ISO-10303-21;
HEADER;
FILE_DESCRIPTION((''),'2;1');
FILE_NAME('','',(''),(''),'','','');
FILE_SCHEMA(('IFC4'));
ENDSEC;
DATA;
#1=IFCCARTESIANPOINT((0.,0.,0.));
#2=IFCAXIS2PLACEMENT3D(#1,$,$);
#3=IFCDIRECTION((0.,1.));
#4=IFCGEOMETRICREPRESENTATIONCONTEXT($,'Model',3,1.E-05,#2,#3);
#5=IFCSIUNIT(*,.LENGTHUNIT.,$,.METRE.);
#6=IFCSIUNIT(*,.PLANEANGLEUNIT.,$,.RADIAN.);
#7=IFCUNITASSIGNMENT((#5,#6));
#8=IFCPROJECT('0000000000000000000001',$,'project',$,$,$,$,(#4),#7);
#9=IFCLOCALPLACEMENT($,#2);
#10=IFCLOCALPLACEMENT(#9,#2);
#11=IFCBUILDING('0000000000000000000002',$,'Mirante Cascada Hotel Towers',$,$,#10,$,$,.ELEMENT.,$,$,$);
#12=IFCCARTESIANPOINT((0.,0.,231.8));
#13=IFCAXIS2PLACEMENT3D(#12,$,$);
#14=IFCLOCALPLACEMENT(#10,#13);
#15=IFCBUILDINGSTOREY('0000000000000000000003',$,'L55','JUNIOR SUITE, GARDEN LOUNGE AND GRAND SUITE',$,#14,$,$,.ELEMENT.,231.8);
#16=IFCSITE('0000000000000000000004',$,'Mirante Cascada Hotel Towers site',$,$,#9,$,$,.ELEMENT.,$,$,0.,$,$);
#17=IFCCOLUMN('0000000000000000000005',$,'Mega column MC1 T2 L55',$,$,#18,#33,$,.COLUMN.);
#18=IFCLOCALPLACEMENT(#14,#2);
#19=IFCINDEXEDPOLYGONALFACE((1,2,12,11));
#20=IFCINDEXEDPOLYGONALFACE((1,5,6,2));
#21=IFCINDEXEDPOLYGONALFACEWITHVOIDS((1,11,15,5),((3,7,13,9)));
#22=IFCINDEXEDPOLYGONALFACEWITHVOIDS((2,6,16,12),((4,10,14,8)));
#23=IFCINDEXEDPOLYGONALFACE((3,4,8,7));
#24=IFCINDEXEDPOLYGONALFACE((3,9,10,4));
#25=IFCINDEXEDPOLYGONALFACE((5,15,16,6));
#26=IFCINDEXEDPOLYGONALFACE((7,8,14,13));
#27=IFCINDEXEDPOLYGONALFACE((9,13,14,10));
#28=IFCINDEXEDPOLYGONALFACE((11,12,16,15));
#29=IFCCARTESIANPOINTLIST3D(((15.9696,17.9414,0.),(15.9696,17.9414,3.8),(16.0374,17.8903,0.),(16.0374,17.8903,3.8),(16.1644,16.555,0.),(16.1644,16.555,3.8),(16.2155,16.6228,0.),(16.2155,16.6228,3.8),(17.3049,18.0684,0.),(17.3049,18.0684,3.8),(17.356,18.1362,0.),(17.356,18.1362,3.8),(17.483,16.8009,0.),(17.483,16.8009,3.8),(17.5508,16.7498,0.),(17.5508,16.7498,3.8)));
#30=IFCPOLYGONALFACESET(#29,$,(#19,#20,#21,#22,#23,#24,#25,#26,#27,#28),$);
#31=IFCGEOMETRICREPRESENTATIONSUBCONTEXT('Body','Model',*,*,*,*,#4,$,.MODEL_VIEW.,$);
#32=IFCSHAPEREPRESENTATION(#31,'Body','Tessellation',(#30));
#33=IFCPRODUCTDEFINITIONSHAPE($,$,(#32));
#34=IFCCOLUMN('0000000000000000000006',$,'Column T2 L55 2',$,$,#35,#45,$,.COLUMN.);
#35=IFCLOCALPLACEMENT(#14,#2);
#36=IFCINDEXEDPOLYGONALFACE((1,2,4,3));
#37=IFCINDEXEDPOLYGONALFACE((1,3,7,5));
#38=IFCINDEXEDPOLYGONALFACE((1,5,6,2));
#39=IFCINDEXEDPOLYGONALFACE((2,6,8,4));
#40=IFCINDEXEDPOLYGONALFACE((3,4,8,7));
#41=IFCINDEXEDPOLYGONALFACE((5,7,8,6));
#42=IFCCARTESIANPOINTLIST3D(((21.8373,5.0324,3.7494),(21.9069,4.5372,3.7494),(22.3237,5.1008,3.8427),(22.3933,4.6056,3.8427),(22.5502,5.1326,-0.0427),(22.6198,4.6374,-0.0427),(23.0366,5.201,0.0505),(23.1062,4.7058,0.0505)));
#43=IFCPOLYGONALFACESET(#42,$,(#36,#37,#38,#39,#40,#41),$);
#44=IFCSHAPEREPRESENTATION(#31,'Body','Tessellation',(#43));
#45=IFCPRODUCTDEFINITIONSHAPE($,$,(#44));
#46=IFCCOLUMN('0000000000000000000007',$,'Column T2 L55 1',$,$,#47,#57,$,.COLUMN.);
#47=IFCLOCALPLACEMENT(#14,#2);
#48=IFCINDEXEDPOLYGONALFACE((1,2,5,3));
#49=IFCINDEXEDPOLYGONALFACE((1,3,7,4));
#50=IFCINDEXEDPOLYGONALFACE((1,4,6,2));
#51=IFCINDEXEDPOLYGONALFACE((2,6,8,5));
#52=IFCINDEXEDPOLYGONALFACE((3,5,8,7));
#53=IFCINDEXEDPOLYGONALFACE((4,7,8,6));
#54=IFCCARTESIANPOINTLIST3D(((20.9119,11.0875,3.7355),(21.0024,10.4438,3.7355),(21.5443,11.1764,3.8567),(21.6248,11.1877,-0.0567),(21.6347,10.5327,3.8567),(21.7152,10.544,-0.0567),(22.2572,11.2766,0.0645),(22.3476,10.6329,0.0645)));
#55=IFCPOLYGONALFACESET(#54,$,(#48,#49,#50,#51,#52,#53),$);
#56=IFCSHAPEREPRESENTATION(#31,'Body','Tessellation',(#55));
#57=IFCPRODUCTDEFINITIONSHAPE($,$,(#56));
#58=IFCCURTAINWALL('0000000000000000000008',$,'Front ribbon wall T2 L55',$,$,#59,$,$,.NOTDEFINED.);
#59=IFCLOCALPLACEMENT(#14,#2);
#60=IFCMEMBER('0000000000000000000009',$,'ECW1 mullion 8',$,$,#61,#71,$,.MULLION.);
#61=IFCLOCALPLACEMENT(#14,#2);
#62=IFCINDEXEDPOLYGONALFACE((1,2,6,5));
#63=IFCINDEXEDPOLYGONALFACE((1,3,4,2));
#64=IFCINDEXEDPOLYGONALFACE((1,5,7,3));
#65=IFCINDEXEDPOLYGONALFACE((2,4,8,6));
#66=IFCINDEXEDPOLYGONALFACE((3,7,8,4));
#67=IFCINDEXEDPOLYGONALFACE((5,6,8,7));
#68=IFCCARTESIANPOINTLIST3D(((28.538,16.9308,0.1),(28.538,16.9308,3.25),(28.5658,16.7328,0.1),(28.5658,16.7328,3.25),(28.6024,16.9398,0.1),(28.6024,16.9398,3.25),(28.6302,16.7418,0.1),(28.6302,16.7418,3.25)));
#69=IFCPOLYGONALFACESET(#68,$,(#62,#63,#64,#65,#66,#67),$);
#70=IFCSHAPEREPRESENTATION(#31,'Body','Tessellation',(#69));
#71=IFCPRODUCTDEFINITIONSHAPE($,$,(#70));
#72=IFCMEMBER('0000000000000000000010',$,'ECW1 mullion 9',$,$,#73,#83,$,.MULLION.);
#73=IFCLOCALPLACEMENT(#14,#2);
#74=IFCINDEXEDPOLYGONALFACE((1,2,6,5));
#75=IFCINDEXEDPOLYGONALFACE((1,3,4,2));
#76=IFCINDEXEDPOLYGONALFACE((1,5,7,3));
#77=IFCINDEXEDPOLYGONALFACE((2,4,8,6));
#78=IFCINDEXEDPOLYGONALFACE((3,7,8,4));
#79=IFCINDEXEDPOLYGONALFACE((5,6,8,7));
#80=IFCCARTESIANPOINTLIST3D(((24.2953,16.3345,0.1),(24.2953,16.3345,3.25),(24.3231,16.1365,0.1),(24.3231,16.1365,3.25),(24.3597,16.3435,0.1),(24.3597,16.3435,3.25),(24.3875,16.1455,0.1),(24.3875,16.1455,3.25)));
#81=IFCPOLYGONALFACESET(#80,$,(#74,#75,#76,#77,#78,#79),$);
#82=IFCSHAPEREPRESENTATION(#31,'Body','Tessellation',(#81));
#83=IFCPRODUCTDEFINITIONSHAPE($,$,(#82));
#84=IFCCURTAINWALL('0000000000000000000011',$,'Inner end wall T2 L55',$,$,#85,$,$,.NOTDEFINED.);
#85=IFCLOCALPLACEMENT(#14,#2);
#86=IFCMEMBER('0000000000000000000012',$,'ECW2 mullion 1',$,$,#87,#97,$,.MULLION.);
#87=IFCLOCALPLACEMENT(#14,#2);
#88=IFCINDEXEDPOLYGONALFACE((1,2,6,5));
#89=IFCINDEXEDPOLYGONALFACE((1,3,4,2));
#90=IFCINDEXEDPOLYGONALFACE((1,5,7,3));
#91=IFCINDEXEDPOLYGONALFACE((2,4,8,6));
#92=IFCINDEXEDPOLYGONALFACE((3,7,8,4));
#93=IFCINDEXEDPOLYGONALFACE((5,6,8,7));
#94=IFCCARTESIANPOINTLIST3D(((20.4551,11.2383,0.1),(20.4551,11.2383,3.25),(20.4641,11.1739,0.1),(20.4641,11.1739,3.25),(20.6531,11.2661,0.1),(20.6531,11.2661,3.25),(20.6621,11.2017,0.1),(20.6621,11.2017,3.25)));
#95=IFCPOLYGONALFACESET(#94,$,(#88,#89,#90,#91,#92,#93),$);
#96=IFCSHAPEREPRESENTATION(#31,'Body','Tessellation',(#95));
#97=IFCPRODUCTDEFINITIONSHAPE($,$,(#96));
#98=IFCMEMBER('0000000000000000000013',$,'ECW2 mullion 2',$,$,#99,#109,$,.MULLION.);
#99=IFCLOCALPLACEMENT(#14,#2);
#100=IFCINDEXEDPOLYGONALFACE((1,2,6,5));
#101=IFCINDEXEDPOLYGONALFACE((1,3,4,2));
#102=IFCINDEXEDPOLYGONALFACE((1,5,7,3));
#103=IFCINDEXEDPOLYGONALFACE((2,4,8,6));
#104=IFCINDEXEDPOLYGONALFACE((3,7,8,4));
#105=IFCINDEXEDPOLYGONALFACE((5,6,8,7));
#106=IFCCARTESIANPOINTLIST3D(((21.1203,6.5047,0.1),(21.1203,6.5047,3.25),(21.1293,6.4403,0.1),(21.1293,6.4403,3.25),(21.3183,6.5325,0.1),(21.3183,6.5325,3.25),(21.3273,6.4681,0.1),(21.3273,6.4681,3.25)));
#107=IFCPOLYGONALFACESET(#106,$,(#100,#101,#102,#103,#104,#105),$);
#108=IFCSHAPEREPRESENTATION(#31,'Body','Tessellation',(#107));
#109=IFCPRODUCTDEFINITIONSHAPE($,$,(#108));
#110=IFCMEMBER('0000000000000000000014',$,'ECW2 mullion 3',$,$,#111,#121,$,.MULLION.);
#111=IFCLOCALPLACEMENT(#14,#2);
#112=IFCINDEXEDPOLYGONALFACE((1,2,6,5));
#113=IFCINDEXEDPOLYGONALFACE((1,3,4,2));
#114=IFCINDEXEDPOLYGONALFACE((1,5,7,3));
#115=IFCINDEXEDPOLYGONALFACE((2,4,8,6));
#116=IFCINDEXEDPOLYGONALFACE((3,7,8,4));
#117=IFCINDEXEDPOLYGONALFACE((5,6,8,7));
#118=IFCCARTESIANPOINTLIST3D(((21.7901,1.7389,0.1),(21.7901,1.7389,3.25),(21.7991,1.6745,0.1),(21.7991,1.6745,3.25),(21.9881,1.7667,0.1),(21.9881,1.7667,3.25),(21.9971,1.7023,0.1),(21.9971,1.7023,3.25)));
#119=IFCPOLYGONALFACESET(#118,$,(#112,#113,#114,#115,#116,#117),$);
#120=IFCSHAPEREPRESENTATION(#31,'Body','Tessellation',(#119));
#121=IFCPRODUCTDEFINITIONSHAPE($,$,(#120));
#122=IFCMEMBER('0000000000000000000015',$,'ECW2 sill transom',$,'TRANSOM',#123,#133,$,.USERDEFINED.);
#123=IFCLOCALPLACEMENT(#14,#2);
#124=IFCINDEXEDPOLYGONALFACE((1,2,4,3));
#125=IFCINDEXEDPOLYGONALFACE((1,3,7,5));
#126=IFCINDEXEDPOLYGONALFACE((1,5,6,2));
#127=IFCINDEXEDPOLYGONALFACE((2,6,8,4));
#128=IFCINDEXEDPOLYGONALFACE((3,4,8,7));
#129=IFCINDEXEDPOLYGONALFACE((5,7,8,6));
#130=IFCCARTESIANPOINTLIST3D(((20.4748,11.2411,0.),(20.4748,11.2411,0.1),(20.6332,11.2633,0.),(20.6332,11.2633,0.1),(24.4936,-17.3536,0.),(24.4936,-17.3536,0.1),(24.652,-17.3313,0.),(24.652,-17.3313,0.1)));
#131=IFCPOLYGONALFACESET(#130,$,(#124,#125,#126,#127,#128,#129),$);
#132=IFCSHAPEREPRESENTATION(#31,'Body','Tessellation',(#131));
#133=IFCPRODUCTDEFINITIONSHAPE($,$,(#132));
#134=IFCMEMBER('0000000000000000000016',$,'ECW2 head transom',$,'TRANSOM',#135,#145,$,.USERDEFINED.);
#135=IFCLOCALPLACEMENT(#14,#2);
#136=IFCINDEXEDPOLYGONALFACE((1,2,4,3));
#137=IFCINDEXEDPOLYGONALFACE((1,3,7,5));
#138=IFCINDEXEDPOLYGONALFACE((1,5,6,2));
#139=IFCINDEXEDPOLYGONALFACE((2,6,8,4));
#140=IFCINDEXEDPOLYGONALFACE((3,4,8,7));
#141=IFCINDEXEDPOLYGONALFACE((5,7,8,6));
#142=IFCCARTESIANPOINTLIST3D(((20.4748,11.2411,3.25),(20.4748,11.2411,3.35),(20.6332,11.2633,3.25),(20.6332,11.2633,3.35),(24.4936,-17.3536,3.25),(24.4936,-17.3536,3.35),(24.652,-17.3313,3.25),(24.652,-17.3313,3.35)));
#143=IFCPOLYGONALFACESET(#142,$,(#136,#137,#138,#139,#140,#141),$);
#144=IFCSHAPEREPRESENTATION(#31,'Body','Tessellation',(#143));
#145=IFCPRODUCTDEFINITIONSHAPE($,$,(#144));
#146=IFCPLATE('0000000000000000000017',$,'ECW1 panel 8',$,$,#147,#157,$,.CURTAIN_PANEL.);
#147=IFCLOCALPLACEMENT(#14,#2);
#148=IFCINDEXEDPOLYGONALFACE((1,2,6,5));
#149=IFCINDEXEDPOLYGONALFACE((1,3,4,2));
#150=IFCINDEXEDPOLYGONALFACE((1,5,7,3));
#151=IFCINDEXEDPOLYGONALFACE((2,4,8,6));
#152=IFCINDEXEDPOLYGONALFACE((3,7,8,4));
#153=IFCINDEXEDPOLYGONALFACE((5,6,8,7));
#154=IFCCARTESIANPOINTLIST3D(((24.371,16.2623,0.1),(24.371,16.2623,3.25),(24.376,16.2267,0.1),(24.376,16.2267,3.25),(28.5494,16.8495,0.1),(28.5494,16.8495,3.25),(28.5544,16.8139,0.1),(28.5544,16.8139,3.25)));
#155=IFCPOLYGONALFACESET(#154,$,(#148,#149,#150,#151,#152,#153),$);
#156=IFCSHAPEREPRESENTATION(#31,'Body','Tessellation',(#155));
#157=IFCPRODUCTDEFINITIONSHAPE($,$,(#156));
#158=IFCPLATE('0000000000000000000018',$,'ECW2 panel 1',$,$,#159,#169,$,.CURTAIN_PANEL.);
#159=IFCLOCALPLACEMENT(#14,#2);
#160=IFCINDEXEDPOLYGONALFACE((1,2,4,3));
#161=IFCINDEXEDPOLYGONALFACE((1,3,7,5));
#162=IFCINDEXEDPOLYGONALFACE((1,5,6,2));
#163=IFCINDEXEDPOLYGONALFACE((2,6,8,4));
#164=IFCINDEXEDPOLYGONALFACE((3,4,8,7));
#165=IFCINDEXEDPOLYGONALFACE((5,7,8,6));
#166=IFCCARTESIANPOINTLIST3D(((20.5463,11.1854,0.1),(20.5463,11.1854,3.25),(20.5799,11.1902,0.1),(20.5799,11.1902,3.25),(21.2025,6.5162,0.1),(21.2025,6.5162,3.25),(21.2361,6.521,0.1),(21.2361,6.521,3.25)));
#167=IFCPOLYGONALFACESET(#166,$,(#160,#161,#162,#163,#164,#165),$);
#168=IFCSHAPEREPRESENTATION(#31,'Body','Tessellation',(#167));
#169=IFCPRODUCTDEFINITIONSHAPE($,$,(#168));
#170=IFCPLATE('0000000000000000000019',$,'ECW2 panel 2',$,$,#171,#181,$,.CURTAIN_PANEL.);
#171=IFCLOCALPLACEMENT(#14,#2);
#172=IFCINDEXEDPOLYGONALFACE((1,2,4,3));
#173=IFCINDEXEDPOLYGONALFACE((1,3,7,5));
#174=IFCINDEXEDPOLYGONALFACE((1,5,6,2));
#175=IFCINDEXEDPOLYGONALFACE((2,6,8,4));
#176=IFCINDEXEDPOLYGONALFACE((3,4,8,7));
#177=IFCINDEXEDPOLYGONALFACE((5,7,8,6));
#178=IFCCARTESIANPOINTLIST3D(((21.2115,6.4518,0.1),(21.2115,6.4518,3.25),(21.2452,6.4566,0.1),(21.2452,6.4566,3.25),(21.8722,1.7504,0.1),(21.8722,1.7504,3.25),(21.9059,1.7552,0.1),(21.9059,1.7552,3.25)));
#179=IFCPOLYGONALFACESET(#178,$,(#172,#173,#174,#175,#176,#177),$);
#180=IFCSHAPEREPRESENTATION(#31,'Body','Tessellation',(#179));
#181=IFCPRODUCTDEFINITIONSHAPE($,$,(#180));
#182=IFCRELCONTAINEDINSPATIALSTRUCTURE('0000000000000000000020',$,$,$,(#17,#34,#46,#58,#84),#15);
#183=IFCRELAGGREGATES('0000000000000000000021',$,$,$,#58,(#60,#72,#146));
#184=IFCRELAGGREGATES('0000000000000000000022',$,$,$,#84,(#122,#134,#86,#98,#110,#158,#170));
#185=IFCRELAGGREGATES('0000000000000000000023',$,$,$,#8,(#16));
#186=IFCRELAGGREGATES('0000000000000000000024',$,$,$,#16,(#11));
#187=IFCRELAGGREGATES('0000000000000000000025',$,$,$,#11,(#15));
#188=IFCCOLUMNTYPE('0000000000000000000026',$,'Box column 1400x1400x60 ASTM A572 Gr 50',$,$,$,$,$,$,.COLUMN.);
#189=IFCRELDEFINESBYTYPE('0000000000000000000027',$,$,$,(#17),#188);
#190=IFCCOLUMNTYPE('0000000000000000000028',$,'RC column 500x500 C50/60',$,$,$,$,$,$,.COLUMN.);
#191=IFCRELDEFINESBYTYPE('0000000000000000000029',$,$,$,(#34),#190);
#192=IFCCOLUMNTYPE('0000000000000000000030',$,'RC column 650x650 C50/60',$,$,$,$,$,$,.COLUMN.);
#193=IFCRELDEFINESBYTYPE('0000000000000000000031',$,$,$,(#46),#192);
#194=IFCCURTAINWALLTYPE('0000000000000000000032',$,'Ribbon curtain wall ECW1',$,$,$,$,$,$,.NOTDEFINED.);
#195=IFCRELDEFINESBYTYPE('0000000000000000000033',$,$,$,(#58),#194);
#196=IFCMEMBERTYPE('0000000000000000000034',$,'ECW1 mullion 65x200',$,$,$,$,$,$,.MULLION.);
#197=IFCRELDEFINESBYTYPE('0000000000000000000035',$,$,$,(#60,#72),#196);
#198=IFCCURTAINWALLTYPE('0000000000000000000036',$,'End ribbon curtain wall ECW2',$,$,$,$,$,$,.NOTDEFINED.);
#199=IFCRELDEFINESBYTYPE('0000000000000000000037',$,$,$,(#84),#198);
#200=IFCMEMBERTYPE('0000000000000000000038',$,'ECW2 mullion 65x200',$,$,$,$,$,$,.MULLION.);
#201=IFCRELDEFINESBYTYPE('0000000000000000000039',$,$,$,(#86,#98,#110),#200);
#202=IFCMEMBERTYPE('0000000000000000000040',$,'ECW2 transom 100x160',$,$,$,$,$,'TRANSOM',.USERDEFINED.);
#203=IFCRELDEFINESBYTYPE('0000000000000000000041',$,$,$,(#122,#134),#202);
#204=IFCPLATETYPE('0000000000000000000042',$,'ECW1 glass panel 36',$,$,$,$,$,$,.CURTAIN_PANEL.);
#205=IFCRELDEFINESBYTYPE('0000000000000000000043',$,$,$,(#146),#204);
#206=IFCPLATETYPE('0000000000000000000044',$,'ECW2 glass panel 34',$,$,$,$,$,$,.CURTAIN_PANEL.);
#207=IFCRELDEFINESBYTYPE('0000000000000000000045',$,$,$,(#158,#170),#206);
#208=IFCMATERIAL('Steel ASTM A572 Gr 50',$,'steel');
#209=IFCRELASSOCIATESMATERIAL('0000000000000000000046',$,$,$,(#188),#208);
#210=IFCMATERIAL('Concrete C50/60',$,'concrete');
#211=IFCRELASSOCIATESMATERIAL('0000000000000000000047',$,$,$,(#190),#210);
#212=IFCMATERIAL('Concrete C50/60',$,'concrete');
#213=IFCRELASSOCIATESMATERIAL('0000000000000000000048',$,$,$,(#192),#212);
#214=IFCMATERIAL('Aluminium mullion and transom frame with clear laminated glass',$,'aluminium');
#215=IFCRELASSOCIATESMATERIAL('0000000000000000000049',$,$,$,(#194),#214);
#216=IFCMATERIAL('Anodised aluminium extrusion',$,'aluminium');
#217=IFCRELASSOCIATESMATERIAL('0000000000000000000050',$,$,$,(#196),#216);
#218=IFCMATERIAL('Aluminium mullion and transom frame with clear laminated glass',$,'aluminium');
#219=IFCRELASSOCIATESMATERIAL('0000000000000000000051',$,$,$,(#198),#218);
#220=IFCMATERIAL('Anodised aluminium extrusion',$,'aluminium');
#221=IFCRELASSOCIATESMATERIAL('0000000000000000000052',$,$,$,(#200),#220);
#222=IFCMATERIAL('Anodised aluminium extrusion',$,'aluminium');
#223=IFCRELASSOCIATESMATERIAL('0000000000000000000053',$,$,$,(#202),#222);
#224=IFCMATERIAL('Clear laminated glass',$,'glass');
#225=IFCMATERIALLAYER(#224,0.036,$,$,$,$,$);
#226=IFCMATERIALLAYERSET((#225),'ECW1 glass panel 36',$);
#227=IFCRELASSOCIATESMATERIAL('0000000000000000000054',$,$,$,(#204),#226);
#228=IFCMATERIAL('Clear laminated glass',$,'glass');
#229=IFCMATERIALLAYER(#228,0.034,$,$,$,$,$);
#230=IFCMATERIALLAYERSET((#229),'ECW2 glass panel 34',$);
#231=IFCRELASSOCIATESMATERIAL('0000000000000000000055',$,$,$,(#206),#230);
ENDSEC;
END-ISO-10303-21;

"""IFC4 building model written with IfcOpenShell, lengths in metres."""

from ifc_helpers import new_model, si_unit, direction, frame, origin, origin_2d, place, context, subcontext, project, spatial, rectangle, hollow_rectangle, extrude, material, layer, layer_set, material_profile, profile_set, type_object, element, aggregate, save


model = new_model("IFC4")

# Units and contexts
model_context = context("Model", 3, precision=1e-05, world=origin(), true_north=direction((0.0, 1.0)))
body_context = subcontext(model_context, "Body", "Model", "MODEL_VIEW")
ifc_project = project(units=[si_unit("LENGTHUNIT", "METRE"), si_unit("PLANEANGLEUNIT", "RADIAN")], contexts=[model_context])

# Site, building, storey
site_placement = place(None, origin())
site = spatial("IfcSite", under=ifc_project, at=site_placement, Name="Mirante Cascada Hotel Towers site", CompositionType="ELEMENT", RefElevation=0.0)
building_placement = place(site_placement, origin())
building = spatial("IfcBuilding", under=site, at=building_placement, Name="Mirante Cascada Hotel Towers", CompositionType="ELEMENT")
storey_placement = place(building_placement, frame((0.0, 0.0, 231.8)))
storey = spatial("IfcBuildingStorey", under=building, at=storey_placement, Name="L55", Description="JUNIOR SUITE, GARDEN LOUNGE AND GRAND SUITE", CompositionType="ELEMENT", Elevation=231.8)

# Columns
ifc_material_1 = material(Name="Steel ASTM A572 Gr 50", Category="steel")
ifc_material_profile_1 = material_profile(ifc_material_1, hollow_rectangle(XDim=1.4, YDim=1.4, WallThickness=0.06, at=origin_2d()), Name="Box column 1400x1400x60 ASTM A572 Gr 50")
ifc_profile_set_1 = profile_set([ifc_material_profile_1], Name="Steel ASTM A572 Gr 50")
column_type_1 = type_object("IfcColumnType", Name="Box column 1400x1400x60 ASTM A572 Gr 50", PredefinedType="COLUMN", material=ifc_profile_set_1)
column_1_placement = place(storey_placement, frame((16.7602, 17.3456, 0.0), z_axis=(0.0, 0.0, 1.0), x_axis=(0.990268, 0.139173, 0.0)))
element("IfcColumn", 1, at=column_1_placement, inside=storey, type_object=column_type_1, Name="Mega column MC1 T2 L55", PredefinedType="COLUMN", context=body_context, shape_type="SweptSolid", body=[
    extrude(hollow_rectangle(XDim=1.4, YDim=1.4, WallThickness=0.06, at=origin_2d()), origin(), (0.0, 0.0, 1.0), 3.8),
])
ifc_material_2 = material(Name="Concrete C50/60", Category="concrete")
ifc_material_profile_2 = material_profile(ifc_material_2, rectangle(XDim=0.5, YDim=0.5, at=origin_2d()), Name="RC column 500x500 C50/60")
ifc_profile_set_2 = profile_set([ifc_material_profile_2], Name="Concrete C50/60")
column_type_2 = type_object("IfcColumnType", Name="RC column 500x500 C50/60", PredefinedType="COLUMN", material=ifc_profile_set_2)
column_2_placement = place(storey_placement, frame((22.8282, 4.9192, 0.0039), z_axis=(-0.184693, -0.025959, 0.982453), x_axis=(0.139185, -0.990267, 0.0)))
element("IfcColumn", 2, at=column_2_placement, inside=storey, type_object=column_type_2, Name="Column T2 L55 2", PredefinedType="COLUMN", context=body_context, shape_type="SweptSolid", body=[
    extrude(rectangle(XDim=0.5, YDim=0.5, at=origin_2d()), origin(), (0.0, 0.0, 1.0), 3.8599),
])
ifc_material_3 = material(Name="Concrete C50/60", Category="concrete")
ifc_material_profile_3 = material_profile(ifc_material_3, rectangle(XDim=0.65, YDim=0.65, at=origin_2d()), Name="RC column 650x650 C50/60")
ifc_profile_set_3 = profile_set([ifc_material_profile_3], Name="Concrete C50/60")
column_type_3 = type_object("IfcColumnType", Name="RC column 650x650 C50/60", PredefinedType="COLUMN", material=ifc_profile_set_3)
column_3_placement = place(storey_placement, frame((21.9862, 10.9103, 0.0039), z_axis=(-0.184693, -0.025959, 0.982453), x_axis=(0.139185, -0.990267, 0.0)))
element("IfcColumn", 3, at=column_3_placement, inside=storey, type_object=column_type_3, Name="Column T2 L55 1", PredefinedType="COLUMN", context=body_context, shape_type="SweptSolid", body=[
    extrude(rectangle(XDim=0.65, YDim=0.65, at=origin_2d()), origin(), (0.0, 0.0, 1.0), 3.8599),
])

# Curtain walls, members
ifc_material_4 = material(Name="Aluminium mullion and transom frame with clear laminated glass", Category="aluminium")
curtain_wall_type_1 = type_object("IfcCurtainWallType", Name="Ribbon curtain wall ECW1", PredefinedType="NOTDEFINED", material=ifc_material_4)
curtain_wall_1_placement = place(storey_placement, origin())
curtain_wall_1 = element("IfcCurtainWall", 4, at=curtain_wall_1_placement, inside=storey, type_object=curtain_wall_type_1, Name="Front ribbon wall T2 L55", PredefinedType="NOTDEFINED")
ifc_material_5 = material(Name="Anodised aluminium extrusion", Category="aluminium")
ifc_material_profile_4 = material_profile(ifc_material_5, rectangle(XDim=0.2, YDim=0.065, at=origin_2d()), Name="ECW1 MULLION 65x200")
ifc_profile_set_4 = profile_set([ifc_material_profile_4], Name="Anodised aluminium extrusion")
member_type_1 = type_object("IfcMemberType", Name="ECW1 mullion 65x200", PredefinedType="MULLION", material=ifc_profile_set_4)
member_1_placement = place(storey_placement, frame((28.5841, 16.8363, 0.1), z_axis=(0.0, 0.0, 1.0), x_axis=(0.139173, -0.990268, 0.0)))
member_1 = element("IfcMember", 5, at=member_1_placement, type_object=member_type_1, Name="ECW1 mullion 8", PredefinedType="MULLION", context=body_context, shape_type="SweptSolid", body=[
    extrude(rectangle(XDim=0.2, YDim=0.065, at=origin_2d()), origin(), (0.0, 0.0, 1.0), 3.15),
])
member_2_placement = place(storey_placement, frame((24.3414, 16.24, 0.1), z_axis=(0.0, 0.0, 1.0), x_axis=(0.139173, -0.990268, 0.0)))
member_2 = element("IfcMember", 6, at=member_2_placement, type_object=member_type_1, Name="ECW1 mullion 9", PredefinedType="MULLION", context=body_context, shape_type="SweptSolid", body=[
    extrude(rectangle(XDim=0.2, YDim=0.065, at=origin_2d()), origin(), (0.0, 0.0, 1.0), 3.15),
])
ifc_material_6 = material(Name="Aluminium mullion and transom frame with clear laminated glass", Category="aluminium")
curtain_wall_type_2 = type_object("IfcCurtainWallType", Name="End ribbon curtain wall ECW2", PredefinedType="NOTDEFINED", material=ifc_material_6)
curtain_wall_2_placement = place(storey_placement, origin())
curtain_wall_2 = element("IfcCurtainWall", 7, at=curtain_wall_2_placement, inside=storey, type_object=curtain_wall_type_2, Name="Inner end wall T2 L55", PredefinedType="NOTDEFINED")
ifc_material_7 = material(Name="Anodised aluminium extrusion", Category="aluminium")
ifc_material_profile_5 = material_profile(ifc_material_7, rectangle(XDim=0.2, YDim=0.065, at=origin_2d()), Name="ECW2 MULLION 65x200")
ifc_profile_set_5 = profile_set([ifc_material_profile_5], Name="Anodised aluminium extrusion")
member_type_2 = type_object("IfcMemberType", Name="ECW2 mullion 65x200", PredefinedType="MULLION", material=ifc_profile_set_5)
member_3_placement = place(storey_placement, frame((20.5586, 11.22, 0.1), z_axis=(0.0, 0.0, 1.0), x_axis=(0.990268, 0.139173, 0.0)))
member_3 = element("IfcMember", 8, at=member_3_placement, type_object=member_type_2, Name="ECW2 mullion 1", PredefinedType="MULLION", context=body_context, shape_type="SweptSolid", body=[
    extrude(rectangle(XDim=0.2, YDim=0.065, at=origin_2d()), origin(), (0.0, 0.0, 1.0), 3.15),
])
member_4_placement = place(storey_placement, frame((21.2238, 6.4864, 0.1), z_axis=(0.0, 0.0, 1.0), x_axis=(0.990268, 0.139173, 0.0)))
member_4 = element("IfcMember", 9, at=member_4_placement, type_object=member_type_2, Name="ECW2 mullion 2", PredefinedType="MULLION", context=body_context, shape_type="SweptSolid", body=[
    extrude(rectangle(XDim=0.2, YDim=0.065, at=origin_2d()), origin(), (0.0, 0.0, 1.0), 3.15),
])
member_5_placement = place(storey_placement, frame((21.8936, 1.7206, 0.1), z_axis=(0.0, 0.0, 1.0), x_axis=(0.990268, 0.139173, 0.0)))
member_5 = element("IfcMember", 10, at=member_5_placement, type_object=member_type_2, Name="ECW2 mullion 3", PredefinedType="MULLION", context=body_context, shape_type="SweptSolid", body=[
    extrude(rectangle(XDim=0.2, YDim=0.065, at=origin_2d()), origin(), (0.0, 0.0, 1.0), 3.15),
])
ifc_material_8 = material(Name="Anodised aluminium extrusion", Category="aluminium")
ifc_material_profile_6 = material_profile(ifc_material_8, rectangle(XDim=0.16, YDim=0.1, at=origin_2d()), Name="ECW2 TRANSOM 100x160")
ifc_profile_set_6 = profile_set([ifc_material_profile_6], Name="Anodised aluminium extrusion")
member_type_3 = type_object("IfcMemberType", Name="ECW2 transom 100x160", ElementType="TRANSOM", PredefinedType="USERDEFINED", material=ifc_profile_set_6)
member_6_placement = place(storey_placement, frame((20.554, 11.2522, 0.05), z_axis=(0.139176, -0.990268, 0.0), x_axis=(0.990268, 0.139176, 0.0)))
member_6 = element("IfcMember", 11, at=member_6_placement, type_object=member_type_3, Name="ECW2 sill transom", ObjectType="TRANSOM", PredefinedType="USERDEFINED", context=body_context, shape_type="SweptSolid", body=[
    extrude(rectangle(XDim=0.16, YDim=0.1, at=origin_2d()), origin(), (0.0, 0.0, 1.0), 28.8757),
])
member_7_placement = place(storey_placement, frame((20.554, 11.2522, 3.3), z_axis=(0.139176, -0.990268, 0.0), x_axis=(0.990268, 0.139176, 0.0)))
member_7 = element("IfcMember", 12, at=member_7_placement, type_object=member_type_3, Name="ECW2 head transom", ObjectType="TRANSOM", PredefinedType="USERDEFINED", context=body_context, shape_type="SweptSolid", body=[
    extrude(rectangle(XDim=0.16, YDim=0.1, at=origin_2d()), origin(), (0.0, 0.0, 1.0), 28.8757),
])

# Plates
ifc_material_9 = material(Name="Clear laminated glass", Category="glass")
ifc_layer_1 = layer(ifc_material_9, 0.036)
ifc_layer_set_1 = layer_set([ifc_layer_1], Name="ECW1 glass panel 36")
plate_type_1 = type_object("IfcPlateType", Name="ECW1 glass panel 36", PredefinedType="CURTAIN_PANEL", material=ifc_layer_set_1)
plate_1_placement = place(storey_placement, frame((26.4627, 16.5381, 0.1), z_axis=(0.0, 0.0, 1.0), x_axis=(-0.990268, -0.139173, 0.0)))
plate_1 = element("IfcPlate", 13, at=plate_1_placement, type_object=plate_type_1, Name="ECW1 panel 8", PredefinedType="CURTAIN_PANEL", context=body_context, shape_type="SweptSolid", body=[
    extrude(rectangle(XDim=4.2194, YDim=0.036, at=origin_2d()), origin(), (0.0, 0.0, 1.0), 3.15),
])
aggregate(curtain_wall_1, [member_1, member_2, plate_1])
ifc_material_10 = material(Name="Clear laminated glass", Category="glass")
ifc_layer_2 = layer(ifc_material_10, 0.034)
ifc_layer_set_2 = layer_set([ifc_layer_2], Name="ECW2 glass panel 34")
plate_type_2 = type_object("IfcPlateType", Name="ECW2 glass panel 34", PredefinedType="CURTAIN_PANEL", material=ifc_layer_set_2)
plate_2_placement = place(storey_placement, frame((20.8912, 8.8532, 0.1), z_axis=(0.0, 0.0, 1.0), x_axis=(0.139173, -0.990268, 0.0)))
plate_2 = element("IfcPlate", 14, at=plate_2_placement, type_object=plate_type_2, Name="ECW2 panel 1", PredefinedType="CURTAIN_PANEL", context=body_context, shape_type="SweptSolid", body=[
    extrude(rectangle(XDim=4.7151, YDim=0.034, at=origin_2d()), origin(), (0.0, 0.0, 1.0), 3.15),
])
plate_3_placement = place(storey_placement, frame((21.5587, 4.1035, 0.1), z_axis=(0.0, 0.0, 1.0), x_axis=(0.139173, -0.990268, 0.0)))
plate_3 = element("IfcPlate", 15, at=plate_3_placement, type_object=plate_type_2, Name="ECW2 panel 2", PredefinedType="CURTAIN_PANEL", context=body_context, shape_type="SweptSolid", body=[
    extrude(rectangle(XDim=4.7476, YDim=0.034, at=origin_2d()), origin(), (0.0, 0.0, 1.0), 3.15),
])
aggregate(curtain_wall_2, [member_6, member_7, member_3, member_4, member_5, plate_2, plate_3])

save(model, "model.ifc")
